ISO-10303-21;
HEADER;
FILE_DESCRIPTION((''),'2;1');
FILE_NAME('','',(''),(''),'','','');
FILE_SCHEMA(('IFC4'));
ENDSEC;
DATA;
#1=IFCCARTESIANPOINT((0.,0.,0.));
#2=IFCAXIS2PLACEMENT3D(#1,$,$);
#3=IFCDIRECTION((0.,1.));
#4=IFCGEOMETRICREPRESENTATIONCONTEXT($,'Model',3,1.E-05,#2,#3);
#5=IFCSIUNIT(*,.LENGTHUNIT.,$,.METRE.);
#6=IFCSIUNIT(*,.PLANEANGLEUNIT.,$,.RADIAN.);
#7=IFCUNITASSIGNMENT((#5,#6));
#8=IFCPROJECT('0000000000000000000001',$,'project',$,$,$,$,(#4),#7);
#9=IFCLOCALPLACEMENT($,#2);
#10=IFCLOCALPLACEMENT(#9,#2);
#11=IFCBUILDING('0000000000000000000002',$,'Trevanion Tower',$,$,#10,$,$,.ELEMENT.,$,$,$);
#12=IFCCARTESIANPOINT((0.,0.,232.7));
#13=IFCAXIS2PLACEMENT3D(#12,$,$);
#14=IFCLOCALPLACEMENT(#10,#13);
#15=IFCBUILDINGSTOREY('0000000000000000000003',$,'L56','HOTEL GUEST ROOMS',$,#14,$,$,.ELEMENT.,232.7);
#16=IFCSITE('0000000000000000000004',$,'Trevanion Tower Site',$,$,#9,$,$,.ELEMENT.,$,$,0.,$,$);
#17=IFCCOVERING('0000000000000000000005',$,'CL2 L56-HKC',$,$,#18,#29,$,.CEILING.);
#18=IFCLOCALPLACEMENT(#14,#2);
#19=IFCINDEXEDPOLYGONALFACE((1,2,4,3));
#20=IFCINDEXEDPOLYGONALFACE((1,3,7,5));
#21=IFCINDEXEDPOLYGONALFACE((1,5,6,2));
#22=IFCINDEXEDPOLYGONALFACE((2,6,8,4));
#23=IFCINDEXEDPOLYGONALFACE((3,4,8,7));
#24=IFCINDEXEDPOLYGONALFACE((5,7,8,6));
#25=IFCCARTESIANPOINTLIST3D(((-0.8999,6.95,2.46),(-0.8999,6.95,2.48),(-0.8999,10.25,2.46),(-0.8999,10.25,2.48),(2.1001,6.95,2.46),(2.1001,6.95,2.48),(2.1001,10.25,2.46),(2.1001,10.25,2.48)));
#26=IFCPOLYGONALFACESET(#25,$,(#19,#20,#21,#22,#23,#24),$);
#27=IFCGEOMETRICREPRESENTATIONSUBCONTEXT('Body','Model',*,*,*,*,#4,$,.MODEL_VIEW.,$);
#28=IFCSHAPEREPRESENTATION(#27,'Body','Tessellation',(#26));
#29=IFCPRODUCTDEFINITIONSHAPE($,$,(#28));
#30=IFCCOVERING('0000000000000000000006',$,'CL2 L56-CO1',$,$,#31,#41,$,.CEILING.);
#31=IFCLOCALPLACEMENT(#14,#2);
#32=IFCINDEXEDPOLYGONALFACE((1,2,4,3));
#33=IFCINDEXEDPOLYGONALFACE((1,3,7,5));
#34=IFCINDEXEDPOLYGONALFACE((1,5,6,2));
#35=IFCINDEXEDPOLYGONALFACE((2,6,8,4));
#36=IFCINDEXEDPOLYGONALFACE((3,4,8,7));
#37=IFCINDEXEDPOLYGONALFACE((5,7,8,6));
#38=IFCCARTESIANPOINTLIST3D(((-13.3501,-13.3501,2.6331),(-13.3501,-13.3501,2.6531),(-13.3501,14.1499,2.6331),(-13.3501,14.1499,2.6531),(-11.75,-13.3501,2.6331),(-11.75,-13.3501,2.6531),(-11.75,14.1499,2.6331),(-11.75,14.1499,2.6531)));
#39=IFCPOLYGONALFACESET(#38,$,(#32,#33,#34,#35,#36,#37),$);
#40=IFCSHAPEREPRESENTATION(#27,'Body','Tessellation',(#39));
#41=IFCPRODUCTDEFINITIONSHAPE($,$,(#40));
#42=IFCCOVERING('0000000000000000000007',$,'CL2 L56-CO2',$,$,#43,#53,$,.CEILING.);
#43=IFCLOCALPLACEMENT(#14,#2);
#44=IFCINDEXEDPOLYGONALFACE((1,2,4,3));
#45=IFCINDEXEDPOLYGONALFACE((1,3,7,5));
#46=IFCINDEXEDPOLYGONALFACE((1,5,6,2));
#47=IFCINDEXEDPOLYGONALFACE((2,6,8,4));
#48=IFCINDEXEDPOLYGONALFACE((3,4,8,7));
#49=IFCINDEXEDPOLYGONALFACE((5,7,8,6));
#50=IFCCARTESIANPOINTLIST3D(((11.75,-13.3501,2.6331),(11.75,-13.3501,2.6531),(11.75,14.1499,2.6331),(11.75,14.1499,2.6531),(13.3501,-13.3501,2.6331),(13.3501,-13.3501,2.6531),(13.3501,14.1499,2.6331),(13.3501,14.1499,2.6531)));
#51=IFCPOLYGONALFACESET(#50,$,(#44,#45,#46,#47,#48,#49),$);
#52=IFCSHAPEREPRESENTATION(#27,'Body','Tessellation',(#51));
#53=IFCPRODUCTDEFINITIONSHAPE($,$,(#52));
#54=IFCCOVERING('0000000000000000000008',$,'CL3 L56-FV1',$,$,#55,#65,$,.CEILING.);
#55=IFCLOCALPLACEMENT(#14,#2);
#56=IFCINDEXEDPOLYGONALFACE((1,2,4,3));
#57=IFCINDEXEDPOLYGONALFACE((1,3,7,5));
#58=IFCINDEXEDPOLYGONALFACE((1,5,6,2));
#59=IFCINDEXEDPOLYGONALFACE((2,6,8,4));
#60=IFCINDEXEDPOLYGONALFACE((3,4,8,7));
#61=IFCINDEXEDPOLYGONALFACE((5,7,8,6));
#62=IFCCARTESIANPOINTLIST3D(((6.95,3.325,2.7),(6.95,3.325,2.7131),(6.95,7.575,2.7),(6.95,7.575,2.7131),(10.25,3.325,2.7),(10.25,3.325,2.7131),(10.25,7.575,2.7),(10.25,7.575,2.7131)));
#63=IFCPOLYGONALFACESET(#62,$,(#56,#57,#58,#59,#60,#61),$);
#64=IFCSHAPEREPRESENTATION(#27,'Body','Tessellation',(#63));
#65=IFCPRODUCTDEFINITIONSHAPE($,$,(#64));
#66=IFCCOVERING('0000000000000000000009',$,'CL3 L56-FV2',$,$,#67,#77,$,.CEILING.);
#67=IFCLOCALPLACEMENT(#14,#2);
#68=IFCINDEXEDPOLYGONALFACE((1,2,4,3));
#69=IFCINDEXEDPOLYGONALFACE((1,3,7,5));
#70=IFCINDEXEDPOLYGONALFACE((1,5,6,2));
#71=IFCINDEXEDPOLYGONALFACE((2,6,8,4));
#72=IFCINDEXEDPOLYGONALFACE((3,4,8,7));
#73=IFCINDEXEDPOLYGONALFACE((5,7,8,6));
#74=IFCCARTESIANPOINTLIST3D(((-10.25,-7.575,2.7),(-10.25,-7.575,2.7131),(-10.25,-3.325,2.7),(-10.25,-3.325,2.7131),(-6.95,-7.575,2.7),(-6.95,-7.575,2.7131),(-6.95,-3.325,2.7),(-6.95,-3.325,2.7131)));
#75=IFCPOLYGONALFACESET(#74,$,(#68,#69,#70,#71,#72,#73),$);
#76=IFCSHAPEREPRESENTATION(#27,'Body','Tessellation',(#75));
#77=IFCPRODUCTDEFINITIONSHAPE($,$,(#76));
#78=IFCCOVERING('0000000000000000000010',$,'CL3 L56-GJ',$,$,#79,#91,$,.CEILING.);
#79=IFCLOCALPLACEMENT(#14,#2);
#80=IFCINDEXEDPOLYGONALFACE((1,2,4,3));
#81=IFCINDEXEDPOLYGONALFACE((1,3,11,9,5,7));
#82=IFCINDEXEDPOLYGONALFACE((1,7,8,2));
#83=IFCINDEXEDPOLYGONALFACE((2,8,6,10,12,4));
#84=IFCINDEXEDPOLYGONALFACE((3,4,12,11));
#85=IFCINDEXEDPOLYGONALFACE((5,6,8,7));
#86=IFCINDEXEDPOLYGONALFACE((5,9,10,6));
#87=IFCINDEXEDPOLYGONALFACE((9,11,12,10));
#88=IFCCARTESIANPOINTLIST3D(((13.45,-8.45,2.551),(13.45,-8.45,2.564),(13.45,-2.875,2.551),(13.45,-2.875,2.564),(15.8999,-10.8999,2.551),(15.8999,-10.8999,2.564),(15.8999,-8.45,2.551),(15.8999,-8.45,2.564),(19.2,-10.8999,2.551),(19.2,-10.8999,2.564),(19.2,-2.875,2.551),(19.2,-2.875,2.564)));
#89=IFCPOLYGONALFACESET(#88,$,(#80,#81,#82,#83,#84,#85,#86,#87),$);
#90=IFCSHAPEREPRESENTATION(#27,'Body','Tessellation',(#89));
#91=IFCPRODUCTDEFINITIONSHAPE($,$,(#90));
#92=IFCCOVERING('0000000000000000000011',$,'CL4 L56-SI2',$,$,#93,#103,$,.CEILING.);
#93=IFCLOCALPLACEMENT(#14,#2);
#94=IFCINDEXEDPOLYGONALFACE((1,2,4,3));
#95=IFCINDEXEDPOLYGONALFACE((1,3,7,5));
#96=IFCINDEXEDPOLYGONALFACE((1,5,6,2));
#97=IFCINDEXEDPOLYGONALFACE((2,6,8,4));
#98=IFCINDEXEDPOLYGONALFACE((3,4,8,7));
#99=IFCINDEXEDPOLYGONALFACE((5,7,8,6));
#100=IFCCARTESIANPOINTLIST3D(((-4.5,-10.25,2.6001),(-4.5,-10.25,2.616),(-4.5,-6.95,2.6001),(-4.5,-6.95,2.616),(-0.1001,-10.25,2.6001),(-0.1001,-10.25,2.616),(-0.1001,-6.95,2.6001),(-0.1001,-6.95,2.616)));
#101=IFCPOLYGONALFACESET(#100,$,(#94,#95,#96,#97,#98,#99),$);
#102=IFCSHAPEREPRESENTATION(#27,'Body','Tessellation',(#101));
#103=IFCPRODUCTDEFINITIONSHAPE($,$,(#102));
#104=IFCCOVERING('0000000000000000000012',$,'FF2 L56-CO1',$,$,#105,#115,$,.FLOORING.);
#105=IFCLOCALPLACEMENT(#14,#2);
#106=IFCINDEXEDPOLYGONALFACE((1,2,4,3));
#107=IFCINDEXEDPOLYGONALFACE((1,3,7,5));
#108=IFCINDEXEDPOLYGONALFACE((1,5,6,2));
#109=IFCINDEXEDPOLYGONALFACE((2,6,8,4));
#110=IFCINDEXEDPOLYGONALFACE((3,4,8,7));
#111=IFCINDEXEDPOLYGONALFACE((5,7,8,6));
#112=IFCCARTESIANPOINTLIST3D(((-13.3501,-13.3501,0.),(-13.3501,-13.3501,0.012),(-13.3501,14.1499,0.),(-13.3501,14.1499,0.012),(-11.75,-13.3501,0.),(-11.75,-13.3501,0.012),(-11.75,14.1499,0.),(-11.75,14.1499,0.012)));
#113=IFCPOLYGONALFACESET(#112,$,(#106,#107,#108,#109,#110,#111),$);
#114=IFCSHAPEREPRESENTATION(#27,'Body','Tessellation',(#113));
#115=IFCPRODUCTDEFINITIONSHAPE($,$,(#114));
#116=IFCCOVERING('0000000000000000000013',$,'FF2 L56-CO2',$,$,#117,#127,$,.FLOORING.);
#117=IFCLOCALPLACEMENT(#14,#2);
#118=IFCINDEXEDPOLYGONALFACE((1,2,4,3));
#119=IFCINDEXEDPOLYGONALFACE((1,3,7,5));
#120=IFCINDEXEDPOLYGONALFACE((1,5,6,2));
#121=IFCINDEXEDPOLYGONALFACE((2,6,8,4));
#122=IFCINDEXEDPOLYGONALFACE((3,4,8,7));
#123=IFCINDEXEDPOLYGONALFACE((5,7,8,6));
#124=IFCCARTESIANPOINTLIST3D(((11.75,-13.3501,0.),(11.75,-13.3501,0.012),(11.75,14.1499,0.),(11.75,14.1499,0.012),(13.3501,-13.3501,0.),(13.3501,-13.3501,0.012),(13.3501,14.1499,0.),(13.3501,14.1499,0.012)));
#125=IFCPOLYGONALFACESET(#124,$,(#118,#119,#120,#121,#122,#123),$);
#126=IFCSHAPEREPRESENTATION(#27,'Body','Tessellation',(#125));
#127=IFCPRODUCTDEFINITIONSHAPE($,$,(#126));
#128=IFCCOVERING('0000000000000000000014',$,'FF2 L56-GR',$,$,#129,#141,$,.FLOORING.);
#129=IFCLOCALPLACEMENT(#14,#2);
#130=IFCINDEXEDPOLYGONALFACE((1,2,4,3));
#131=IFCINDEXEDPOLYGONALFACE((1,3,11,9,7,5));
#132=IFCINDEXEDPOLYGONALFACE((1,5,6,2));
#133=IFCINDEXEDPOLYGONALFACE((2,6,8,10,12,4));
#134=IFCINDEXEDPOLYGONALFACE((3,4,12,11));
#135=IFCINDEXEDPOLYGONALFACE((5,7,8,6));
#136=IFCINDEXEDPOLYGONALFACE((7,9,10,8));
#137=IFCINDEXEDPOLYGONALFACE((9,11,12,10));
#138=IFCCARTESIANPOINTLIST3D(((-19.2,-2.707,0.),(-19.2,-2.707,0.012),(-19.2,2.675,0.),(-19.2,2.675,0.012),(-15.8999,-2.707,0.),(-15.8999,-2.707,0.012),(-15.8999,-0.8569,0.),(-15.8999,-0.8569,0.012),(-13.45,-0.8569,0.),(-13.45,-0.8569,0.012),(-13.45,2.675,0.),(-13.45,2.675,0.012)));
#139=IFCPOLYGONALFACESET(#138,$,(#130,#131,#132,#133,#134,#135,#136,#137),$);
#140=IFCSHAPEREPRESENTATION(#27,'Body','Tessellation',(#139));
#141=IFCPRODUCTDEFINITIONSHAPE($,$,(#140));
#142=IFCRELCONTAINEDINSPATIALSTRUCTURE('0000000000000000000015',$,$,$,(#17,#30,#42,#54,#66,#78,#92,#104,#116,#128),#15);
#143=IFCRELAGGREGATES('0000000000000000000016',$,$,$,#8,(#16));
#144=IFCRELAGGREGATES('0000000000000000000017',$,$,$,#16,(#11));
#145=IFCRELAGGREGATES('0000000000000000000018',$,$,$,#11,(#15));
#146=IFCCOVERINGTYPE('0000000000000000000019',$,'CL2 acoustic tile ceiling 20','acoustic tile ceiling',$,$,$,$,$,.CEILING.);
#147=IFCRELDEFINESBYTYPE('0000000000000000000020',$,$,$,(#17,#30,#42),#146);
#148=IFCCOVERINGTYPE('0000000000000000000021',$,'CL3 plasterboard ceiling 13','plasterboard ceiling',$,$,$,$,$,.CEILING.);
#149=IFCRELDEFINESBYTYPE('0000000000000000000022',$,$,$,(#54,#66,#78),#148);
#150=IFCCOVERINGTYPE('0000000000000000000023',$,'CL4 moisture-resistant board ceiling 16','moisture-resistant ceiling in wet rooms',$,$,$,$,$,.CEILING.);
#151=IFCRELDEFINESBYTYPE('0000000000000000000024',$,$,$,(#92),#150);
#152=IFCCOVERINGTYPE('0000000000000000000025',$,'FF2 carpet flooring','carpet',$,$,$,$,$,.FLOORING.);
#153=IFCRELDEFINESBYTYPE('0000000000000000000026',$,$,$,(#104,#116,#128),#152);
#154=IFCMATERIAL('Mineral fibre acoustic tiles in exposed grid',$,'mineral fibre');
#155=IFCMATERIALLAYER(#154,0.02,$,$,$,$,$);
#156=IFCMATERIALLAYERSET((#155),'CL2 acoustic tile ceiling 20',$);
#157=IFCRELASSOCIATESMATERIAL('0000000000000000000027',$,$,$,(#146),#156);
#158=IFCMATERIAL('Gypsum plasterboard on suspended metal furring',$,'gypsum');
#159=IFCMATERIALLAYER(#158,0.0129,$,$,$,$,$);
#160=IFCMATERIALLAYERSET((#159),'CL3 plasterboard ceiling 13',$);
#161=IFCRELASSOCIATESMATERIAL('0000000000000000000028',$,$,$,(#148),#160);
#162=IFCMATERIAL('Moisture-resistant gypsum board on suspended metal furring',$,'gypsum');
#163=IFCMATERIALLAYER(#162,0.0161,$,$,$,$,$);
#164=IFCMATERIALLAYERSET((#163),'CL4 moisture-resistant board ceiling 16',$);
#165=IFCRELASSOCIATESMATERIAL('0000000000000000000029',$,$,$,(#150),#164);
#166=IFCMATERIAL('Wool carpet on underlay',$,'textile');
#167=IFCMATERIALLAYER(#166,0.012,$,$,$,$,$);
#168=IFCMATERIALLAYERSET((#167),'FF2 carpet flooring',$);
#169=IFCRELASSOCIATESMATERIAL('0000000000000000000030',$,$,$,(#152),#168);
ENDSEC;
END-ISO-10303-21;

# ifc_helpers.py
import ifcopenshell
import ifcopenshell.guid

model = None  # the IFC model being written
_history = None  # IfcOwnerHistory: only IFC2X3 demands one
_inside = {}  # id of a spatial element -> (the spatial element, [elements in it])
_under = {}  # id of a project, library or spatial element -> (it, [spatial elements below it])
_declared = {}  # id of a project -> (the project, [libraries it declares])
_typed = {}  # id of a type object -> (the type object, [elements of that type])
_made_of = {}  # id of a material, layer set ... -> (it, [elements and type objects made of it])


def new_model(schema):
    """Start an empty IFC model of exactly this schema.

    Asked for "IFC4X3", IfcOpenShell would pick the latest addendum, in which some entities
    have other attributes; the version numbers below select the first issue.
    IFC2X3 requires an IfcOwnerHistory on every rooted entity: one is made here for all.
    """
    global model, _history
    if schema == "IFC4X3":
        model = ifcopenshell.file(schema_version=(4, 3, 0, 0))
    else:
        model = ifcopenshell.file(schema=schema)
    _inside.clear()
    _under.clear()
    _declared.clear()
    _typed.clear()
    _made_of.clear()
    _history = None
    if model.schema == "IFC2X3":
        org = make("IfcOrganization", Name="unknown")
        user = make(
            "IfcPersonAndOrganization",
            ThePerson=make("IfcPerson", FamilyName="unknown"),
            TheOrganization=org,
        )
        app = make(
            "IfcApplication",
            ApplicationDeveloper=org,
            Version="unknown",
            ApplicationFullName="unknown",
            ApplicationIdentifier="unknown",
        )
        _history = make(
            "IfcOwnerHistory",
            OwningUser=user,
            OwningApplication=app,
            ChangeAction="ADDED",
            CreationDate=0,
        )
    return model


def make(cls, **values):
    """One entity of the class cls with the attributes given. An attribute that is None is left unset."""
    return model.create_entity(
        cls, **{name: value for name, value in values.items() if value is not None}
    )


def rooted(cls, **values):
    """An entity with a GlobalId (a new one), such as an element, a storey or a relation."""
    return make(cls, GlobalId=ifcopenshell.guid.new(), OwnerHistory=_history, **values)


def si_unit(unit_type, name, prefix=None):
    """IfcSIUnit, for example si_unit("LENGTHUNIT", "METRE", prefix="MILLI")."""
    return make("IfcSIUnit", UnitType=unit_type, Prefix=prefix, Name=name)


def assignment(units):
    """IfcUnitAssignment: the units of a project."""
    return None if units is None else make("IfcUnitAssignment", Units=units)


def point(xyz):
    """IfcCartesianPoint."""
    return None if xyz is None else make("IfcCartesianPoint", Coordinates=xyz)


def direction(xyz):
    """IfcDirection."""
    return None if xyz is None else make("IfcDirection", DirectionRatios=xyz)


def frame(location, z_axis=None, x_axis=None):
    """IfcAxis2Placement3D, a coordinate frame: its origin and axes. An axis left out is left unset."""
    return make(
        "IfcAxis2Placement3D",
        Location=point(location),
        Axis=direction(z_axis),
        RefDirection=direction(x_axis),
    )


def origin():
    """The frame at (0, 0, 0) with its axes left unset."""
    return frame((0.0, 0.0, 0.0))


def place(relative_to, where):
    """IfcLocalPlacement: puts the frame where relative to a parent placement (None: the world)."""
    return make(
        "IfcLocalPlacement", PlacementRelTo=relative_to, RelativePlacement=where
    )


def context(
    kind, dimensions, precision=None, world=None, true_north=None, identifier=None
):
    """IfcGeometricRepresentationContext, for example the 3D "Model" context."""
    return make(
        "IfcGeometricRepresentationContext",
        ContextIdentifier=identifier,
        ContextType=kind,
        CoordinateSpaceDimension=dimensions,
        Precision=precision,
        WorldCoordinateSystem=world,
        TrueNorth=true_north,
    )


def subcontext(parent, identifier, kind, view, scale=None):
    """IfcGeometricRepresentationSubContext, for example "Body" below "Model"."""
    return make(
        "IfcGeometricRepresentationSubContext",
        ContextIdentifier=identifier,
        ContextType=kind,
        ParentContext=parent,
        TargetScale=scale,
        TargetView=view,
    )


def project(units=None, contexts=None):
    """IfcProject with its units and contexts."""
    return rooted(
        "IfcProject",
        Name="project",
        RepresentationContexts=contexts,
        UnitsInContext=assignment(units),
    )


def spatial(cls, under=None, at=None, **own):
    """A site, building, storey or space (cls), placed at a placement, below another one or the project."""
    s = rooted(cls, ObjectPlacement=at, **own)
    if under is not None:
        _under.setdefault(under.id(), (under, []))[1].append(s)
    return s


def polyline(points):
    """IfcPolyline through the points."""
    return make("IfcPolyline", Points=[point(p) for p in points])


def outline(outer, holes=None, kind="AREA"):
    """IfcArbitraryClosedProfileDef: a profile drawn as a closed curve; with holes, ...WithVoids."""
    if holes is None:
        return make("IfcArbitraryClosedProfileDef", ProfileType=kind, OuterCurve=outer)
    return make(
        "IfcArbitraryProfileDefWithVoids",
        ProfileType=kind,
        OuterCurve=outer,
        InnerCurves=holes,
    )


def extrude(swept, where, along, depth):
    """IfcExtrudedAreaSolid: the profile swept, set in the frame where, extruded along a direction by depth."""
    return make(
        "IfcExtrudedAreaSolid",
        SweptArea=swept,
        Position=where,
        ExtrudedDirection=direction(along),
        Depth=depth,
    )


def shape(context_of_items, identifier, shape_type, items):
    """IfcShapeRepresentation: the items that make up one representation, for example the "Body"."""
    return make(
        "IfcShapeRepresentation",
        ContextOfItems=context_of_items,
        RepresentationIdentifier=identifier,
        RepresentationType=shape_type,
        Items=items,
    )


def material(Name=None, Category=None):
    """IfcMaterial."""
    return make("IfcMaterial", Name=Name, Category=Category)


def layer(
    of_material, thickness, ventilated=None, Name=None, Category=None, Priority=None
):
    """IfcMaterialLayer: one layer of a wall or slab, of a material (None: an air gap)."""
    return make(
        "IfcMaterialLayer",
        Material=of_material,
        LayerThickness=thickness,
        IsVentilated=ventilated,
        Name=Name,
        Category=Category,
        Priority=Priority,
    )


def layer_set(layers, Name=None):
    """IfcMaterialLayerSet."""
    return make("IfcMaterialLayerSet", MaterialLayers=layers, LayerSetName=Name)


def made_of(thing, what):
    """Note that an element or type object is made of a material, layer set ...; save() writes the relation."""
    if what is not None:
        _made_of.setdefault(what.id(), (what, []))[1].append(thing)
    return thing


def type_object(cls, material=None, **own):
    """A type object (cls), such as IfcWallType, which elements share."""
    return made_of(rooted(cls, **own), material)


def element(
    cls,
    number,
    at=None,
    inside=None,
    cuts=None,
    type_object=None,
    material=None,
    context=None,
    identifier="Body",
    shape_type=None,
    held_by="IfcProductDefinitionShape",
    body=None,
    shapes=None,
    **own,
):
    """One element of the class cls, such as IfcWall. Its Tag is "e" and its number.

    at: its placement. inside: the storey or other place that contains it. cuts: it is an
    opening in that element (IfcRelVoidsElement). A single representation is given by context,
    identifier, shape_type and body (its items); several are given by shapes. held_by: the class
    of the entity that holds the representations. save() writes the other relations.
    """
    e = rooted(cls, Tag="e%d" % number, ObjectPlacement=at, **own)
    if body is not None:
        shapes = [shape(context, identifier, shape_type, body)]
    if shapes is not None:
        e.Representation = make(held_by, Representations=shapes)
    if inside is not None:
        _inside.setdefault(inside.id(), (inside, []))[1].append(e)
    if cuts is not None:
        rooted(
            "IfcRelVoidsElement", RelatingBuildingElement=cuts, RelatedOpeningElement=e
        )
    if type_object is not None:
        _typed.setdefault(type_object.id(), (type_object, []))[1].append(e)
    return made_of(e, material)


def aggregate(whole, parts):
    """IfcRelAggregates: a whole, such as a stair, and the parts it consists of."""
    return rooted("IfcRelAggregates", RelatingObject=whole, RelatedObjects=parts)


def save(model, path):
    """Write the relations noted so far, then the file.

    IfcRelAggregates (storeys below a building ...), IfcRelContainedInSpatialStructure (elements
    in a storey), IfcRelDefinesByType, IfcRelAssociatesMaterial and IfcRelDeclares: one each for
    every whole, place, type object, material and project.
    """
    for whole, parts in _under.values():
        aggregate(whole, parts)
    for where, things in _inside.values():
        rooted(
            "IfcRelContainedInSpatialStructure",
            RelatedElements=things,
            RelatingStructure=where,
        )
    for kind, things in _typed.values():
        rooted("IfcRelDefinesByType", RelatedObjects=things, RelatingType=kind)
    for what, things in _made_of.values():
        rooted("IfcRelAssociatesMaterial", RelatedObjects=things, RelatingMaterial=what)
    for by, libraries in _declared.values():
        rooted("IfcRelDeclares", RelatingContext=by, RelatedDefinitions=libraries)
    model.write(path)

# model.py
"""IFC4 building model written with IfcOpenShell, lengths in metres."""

from ifc_helpers import new_model, si_unit, direction, frame, origin, place, context, subcontext, project, spatial, polyline, outline, extrude, material, layer, layer_set, type_object, element, save


model = new_model("IFC4")

# Units and contexts
model_context = context("Model", 3, precision=1e-05, world=origin(), true_north=direction((0.0, 1.0)))
body_context = subcontext(model_context, "Body", "Model", "MODEL_VIEW")
ifc_project = project(units=[si_unit("LENGTHUNIT", "METRE"), si_unit("PLANEANGLEUNIT", "RADIAN")], contexts=[model_context])

# Site, building, storey
site_placement = place(None, origin())
site = spatial("IfcSite", under=ifc_project, at=site_placement, Name="Trevanion Tower Site", CompositionType="ELEMENT", RefElevation=0.0)
building_placement = place(site_placement, origin())
building = spatial("IfcBuilding", under=site, at=building_placement, Name="Trevanion Tower", CompositionType="ELEMENT")
storey_placement = place(building_placement, frame((0.0, 0.0, 232.7)))
storey = spatial("IfcBuildingStorey", under=building, at=storey_placement, Name="L56", Description="HOTEL GUEST ROOMS", CompositionType="ELEMENT", Elevation=232.7)

# Coverings
ifc_material_1 = material(Name="Mineral fibre acoustic tiles in exposed grid", Category="mineral fibre")
ifc_layer_1 = layer(ifc_material_1, 0.02)
ifc_layer_set_1 = layer_set([ifc_layer_1], Name="CL2 acoustic tile ceiling 20")
covering_type_1 = type_object("IfcCoveringType", Name="CL2 acoustic tile ceiling 20", Description="acoustic tile ceiling", PredefinedType="CEILING", material=ifc_layer_set_1)
covering_1_placement = place(storey_placement, frame((0.0, 0.0, 2.46)))
element("IfcCovering", 1, at=covering_1_placement, inside=storey, type_object=covering_type_1, Name="CL2 L56-HKC", PredefinedType="CEILING", context=body_context, shape_type="SweptSolid", body=[
    extrude(outline(polyline([(2.1001, 6.95), (2.1001, 10.25), (-0.8999, 10.25), (-0.8999, 6.95), (2.1001, 6.95)])), origin(), (0.0, 0.0, 1.0), 0.02),
])
covering_2_placement = place(storey_placement, frame((0.0, 0.0, 2.6331)))
element("IfcCovering", 2, at=covering_2_placement, inside=storey, type_object=covering_type_1, Name="CL2 L56-CO1", PredefinedType="CEILING", context=body_context, shape_type="SweptSolid", body=[
    extrude(outline(polyline([(-11.75, 14.1499), (-11.75, -13.3501), (-13.3501, -13.3501), (-13.3501, 14.1499), (-11.75, 14.1499)])), origin(), (0.0, 0.0, 1.0), 0.02),
])
covering_3_placement = place(storey_placement, frame((0.0, 0.0, 2.6331)))
element("IfcCovering", 3, at=covering_3_placement, inside=storey, type_object=covering_type_1, Name="CL2 L56-CO2", PredefinedType="CEILING", context=body_context, shape_type="SweptSolid", body=[
    extrude(outline(polyline([(11.75, -13.3501), (11.75, 14.1499), (13.3501, 14.1499), (13.3501, -13.3501), (11.75, -13.3501)])), origin(), (0.0, 0.0, 1.0), 0.02),
])
ifc_material_2 = material(Name="Gypsum plasterboard on suspended metal furring", Category="gypsum")
ifc_layer_2 = layer(ifc_material_2, 0.0129)
ifc_layer_set_2 = layer_set([ifc_layer_2], Name="CL3 plasterboard ceiling 13")
covering_type_2 = type_object("IfcCoveringType", Name="CL3 plasterboard ceiling 13", Description="plasterboard ceiling", PredefinedType="CEILING", material=ifc_layer_set_2)
covering_4_placement = place(storey_placement, frame((0.0, 0.0, 2.7)))
element("IfcCovering", 4, at=covering_4_placement, inside=storey, type_object=covering_type_2, Name="CL3 L56-FV1", PredefinedType="CEILING", context=body_context, shape_type="SweptSolid", body=[
    extrude(outline(polyline([(10.25, 3.325), (10.25, 7.575), (6.95, 7.575), (6.95, 3.325), (10.25, 3.325)])), origin(), (0.0, 0.0, 1.0), 0.0132),
])
covering_5_placement = place(storey_placement, frame((0.0, 0.0, 2.7)))
element("IfcCovering", 5, at=covering_5_placement, inside=storey, type_object=covering_type_2, Name="CL3 L56-FV2", PredefinedType="CEILING", context=body_context, shape_type="SweptSolid", body=[
    extrude(outline(polyline([(-10.25, -3.325), (-10.25, -7.575), (-6.95, -7.575), (-6.95, -3.325), (-10.25, -3.325)])), origin(), (0.0, 0.0, 1.0), 0.0132),
])
covering_6_placement = place(storey_placement, frame((0.0, 0.0, 2.551)))
element("IfcCovering", 6, at=covering_6_placement, inside=storey, type_object=covering_type_2, Name="CL3 L56-GJ", PredefinedType="CEILING", context=body_context, shape_type="SweptSolid", body=[
    extrude(outline(polyline([(13.45, -2.875), (19.2, -2.875), (19.2, -10.8999), (15.8999, -10.8999), (15.8999, -8.45), (13.45, -8.45), (13.45, -2.875)])), origin(), (0.0, 0.0, 1.0), 0.0129),
])
ifc_material_3 = material(Name="Moisture-resistant gypsum board on suspended metal furring", Category="gypsum")
ifc_layer_3 = layer(ifc_material_3, 0.0161)
ifc_layer_set_3 = layer_set([ifc_layer_3], Name="CL4 moisture-resistant board ceiling 16")
covering_type_3 = type_object("IfcCoveringType", Name="CL4 moisture-resistant board ceiling 16", Description="moisture-resistant ceiling in wet rooms", PredefinedType="CEILING", material=ifc_layer_set_3)
covering_7_placement = place(storey_placement, frame((0.0, 0.0, 2.6001)))
element("IfcCovering", 7, at=covering_7_placement, inside=storey, type_object=covering_type_3, Name="CL4 L56-SI2", PredefinedType="CEILING", context=body_context, shape_type="SweptSolid", body=[
    extrude(outline(polyline([(-0.1001, -10.25), (-0.1001, -6.95), (-4.5, -6.95), (-4.5, -10.25), (-0.1001, -10.25)])), origin(), (0.0, 0.0, 1.0), 0.0159),
])
ifc_material_4 = material(Name="Wool carpet on underlay", Category="textile")
ifc_layer_4 = layer(ifc_material_4, 0.012)
ifc_layer_set_4 = layer_set([ifc_layer_4], Name="FF2 carpet flooring")
covering_type_4 = type_object("IfcCoveringType", Name="FF2 carpet flooring", Description="carpet", PredefinedType="FLOORING", material=ifc_layer_set_4)
covering_8_placement = place(storey_placement, origin())
element("IfcCovering", 8, at=covering_8_placement, inside=storey, type_object=covering_type_4, Name="FF2 L56-CO1", PredefinedType="FLOORING", context=body_context, shape_type="SweptSolid", body=[
    extrude(outline(polyline([(-11.75, 14.1499), (-11.75, -13.3501), (-13.3501, -13.3501), (-13.3501, 14.1499), (-11.75, 14.1499)])), origin(), (0.0, 0.0, 1.0), 0.012),
])
covering_9_placement = place(storey_placement, origin())
element("IfcCovering", 9, at=covering_9_placement, inside=storey, type_object=covering_type_4, Name="FF2 L56-CO2", PredefinedType="FLOORING", context=body_context, shape_type="SweptSolid", body=[
    extrude(outline(polyline([(11.75, -13.3501), (11.75, 14.1499), (13.3501, 14.1499), (13.3501, -13.3501), (11.75, -13.3501)])), origin(), (0.0, 0.0, 1.0), 0.012),
])
covering_10_placement = place(storey_placement, origin())
element("IfcCovering", 10, at=covering_10_placement, inside=storey, type_object=covering_type_4, Name="FF2 L56-GR", PredefinedType="FLOORING", context=body_context, shape_type="SweptSolid", body=[
    extrude(outline(polyline([(-13.45, -0.8569), (-15.8999, -0.8569), (-15.8999, -2.707), (-19.2, -2.707), (-19.2, 2.675), (-13.45, 2.675), (-13.45, -0.8569)])), origin(), (0.0, 0.0, 1.0), 0.012),
])

save(model, "model.ifc")
